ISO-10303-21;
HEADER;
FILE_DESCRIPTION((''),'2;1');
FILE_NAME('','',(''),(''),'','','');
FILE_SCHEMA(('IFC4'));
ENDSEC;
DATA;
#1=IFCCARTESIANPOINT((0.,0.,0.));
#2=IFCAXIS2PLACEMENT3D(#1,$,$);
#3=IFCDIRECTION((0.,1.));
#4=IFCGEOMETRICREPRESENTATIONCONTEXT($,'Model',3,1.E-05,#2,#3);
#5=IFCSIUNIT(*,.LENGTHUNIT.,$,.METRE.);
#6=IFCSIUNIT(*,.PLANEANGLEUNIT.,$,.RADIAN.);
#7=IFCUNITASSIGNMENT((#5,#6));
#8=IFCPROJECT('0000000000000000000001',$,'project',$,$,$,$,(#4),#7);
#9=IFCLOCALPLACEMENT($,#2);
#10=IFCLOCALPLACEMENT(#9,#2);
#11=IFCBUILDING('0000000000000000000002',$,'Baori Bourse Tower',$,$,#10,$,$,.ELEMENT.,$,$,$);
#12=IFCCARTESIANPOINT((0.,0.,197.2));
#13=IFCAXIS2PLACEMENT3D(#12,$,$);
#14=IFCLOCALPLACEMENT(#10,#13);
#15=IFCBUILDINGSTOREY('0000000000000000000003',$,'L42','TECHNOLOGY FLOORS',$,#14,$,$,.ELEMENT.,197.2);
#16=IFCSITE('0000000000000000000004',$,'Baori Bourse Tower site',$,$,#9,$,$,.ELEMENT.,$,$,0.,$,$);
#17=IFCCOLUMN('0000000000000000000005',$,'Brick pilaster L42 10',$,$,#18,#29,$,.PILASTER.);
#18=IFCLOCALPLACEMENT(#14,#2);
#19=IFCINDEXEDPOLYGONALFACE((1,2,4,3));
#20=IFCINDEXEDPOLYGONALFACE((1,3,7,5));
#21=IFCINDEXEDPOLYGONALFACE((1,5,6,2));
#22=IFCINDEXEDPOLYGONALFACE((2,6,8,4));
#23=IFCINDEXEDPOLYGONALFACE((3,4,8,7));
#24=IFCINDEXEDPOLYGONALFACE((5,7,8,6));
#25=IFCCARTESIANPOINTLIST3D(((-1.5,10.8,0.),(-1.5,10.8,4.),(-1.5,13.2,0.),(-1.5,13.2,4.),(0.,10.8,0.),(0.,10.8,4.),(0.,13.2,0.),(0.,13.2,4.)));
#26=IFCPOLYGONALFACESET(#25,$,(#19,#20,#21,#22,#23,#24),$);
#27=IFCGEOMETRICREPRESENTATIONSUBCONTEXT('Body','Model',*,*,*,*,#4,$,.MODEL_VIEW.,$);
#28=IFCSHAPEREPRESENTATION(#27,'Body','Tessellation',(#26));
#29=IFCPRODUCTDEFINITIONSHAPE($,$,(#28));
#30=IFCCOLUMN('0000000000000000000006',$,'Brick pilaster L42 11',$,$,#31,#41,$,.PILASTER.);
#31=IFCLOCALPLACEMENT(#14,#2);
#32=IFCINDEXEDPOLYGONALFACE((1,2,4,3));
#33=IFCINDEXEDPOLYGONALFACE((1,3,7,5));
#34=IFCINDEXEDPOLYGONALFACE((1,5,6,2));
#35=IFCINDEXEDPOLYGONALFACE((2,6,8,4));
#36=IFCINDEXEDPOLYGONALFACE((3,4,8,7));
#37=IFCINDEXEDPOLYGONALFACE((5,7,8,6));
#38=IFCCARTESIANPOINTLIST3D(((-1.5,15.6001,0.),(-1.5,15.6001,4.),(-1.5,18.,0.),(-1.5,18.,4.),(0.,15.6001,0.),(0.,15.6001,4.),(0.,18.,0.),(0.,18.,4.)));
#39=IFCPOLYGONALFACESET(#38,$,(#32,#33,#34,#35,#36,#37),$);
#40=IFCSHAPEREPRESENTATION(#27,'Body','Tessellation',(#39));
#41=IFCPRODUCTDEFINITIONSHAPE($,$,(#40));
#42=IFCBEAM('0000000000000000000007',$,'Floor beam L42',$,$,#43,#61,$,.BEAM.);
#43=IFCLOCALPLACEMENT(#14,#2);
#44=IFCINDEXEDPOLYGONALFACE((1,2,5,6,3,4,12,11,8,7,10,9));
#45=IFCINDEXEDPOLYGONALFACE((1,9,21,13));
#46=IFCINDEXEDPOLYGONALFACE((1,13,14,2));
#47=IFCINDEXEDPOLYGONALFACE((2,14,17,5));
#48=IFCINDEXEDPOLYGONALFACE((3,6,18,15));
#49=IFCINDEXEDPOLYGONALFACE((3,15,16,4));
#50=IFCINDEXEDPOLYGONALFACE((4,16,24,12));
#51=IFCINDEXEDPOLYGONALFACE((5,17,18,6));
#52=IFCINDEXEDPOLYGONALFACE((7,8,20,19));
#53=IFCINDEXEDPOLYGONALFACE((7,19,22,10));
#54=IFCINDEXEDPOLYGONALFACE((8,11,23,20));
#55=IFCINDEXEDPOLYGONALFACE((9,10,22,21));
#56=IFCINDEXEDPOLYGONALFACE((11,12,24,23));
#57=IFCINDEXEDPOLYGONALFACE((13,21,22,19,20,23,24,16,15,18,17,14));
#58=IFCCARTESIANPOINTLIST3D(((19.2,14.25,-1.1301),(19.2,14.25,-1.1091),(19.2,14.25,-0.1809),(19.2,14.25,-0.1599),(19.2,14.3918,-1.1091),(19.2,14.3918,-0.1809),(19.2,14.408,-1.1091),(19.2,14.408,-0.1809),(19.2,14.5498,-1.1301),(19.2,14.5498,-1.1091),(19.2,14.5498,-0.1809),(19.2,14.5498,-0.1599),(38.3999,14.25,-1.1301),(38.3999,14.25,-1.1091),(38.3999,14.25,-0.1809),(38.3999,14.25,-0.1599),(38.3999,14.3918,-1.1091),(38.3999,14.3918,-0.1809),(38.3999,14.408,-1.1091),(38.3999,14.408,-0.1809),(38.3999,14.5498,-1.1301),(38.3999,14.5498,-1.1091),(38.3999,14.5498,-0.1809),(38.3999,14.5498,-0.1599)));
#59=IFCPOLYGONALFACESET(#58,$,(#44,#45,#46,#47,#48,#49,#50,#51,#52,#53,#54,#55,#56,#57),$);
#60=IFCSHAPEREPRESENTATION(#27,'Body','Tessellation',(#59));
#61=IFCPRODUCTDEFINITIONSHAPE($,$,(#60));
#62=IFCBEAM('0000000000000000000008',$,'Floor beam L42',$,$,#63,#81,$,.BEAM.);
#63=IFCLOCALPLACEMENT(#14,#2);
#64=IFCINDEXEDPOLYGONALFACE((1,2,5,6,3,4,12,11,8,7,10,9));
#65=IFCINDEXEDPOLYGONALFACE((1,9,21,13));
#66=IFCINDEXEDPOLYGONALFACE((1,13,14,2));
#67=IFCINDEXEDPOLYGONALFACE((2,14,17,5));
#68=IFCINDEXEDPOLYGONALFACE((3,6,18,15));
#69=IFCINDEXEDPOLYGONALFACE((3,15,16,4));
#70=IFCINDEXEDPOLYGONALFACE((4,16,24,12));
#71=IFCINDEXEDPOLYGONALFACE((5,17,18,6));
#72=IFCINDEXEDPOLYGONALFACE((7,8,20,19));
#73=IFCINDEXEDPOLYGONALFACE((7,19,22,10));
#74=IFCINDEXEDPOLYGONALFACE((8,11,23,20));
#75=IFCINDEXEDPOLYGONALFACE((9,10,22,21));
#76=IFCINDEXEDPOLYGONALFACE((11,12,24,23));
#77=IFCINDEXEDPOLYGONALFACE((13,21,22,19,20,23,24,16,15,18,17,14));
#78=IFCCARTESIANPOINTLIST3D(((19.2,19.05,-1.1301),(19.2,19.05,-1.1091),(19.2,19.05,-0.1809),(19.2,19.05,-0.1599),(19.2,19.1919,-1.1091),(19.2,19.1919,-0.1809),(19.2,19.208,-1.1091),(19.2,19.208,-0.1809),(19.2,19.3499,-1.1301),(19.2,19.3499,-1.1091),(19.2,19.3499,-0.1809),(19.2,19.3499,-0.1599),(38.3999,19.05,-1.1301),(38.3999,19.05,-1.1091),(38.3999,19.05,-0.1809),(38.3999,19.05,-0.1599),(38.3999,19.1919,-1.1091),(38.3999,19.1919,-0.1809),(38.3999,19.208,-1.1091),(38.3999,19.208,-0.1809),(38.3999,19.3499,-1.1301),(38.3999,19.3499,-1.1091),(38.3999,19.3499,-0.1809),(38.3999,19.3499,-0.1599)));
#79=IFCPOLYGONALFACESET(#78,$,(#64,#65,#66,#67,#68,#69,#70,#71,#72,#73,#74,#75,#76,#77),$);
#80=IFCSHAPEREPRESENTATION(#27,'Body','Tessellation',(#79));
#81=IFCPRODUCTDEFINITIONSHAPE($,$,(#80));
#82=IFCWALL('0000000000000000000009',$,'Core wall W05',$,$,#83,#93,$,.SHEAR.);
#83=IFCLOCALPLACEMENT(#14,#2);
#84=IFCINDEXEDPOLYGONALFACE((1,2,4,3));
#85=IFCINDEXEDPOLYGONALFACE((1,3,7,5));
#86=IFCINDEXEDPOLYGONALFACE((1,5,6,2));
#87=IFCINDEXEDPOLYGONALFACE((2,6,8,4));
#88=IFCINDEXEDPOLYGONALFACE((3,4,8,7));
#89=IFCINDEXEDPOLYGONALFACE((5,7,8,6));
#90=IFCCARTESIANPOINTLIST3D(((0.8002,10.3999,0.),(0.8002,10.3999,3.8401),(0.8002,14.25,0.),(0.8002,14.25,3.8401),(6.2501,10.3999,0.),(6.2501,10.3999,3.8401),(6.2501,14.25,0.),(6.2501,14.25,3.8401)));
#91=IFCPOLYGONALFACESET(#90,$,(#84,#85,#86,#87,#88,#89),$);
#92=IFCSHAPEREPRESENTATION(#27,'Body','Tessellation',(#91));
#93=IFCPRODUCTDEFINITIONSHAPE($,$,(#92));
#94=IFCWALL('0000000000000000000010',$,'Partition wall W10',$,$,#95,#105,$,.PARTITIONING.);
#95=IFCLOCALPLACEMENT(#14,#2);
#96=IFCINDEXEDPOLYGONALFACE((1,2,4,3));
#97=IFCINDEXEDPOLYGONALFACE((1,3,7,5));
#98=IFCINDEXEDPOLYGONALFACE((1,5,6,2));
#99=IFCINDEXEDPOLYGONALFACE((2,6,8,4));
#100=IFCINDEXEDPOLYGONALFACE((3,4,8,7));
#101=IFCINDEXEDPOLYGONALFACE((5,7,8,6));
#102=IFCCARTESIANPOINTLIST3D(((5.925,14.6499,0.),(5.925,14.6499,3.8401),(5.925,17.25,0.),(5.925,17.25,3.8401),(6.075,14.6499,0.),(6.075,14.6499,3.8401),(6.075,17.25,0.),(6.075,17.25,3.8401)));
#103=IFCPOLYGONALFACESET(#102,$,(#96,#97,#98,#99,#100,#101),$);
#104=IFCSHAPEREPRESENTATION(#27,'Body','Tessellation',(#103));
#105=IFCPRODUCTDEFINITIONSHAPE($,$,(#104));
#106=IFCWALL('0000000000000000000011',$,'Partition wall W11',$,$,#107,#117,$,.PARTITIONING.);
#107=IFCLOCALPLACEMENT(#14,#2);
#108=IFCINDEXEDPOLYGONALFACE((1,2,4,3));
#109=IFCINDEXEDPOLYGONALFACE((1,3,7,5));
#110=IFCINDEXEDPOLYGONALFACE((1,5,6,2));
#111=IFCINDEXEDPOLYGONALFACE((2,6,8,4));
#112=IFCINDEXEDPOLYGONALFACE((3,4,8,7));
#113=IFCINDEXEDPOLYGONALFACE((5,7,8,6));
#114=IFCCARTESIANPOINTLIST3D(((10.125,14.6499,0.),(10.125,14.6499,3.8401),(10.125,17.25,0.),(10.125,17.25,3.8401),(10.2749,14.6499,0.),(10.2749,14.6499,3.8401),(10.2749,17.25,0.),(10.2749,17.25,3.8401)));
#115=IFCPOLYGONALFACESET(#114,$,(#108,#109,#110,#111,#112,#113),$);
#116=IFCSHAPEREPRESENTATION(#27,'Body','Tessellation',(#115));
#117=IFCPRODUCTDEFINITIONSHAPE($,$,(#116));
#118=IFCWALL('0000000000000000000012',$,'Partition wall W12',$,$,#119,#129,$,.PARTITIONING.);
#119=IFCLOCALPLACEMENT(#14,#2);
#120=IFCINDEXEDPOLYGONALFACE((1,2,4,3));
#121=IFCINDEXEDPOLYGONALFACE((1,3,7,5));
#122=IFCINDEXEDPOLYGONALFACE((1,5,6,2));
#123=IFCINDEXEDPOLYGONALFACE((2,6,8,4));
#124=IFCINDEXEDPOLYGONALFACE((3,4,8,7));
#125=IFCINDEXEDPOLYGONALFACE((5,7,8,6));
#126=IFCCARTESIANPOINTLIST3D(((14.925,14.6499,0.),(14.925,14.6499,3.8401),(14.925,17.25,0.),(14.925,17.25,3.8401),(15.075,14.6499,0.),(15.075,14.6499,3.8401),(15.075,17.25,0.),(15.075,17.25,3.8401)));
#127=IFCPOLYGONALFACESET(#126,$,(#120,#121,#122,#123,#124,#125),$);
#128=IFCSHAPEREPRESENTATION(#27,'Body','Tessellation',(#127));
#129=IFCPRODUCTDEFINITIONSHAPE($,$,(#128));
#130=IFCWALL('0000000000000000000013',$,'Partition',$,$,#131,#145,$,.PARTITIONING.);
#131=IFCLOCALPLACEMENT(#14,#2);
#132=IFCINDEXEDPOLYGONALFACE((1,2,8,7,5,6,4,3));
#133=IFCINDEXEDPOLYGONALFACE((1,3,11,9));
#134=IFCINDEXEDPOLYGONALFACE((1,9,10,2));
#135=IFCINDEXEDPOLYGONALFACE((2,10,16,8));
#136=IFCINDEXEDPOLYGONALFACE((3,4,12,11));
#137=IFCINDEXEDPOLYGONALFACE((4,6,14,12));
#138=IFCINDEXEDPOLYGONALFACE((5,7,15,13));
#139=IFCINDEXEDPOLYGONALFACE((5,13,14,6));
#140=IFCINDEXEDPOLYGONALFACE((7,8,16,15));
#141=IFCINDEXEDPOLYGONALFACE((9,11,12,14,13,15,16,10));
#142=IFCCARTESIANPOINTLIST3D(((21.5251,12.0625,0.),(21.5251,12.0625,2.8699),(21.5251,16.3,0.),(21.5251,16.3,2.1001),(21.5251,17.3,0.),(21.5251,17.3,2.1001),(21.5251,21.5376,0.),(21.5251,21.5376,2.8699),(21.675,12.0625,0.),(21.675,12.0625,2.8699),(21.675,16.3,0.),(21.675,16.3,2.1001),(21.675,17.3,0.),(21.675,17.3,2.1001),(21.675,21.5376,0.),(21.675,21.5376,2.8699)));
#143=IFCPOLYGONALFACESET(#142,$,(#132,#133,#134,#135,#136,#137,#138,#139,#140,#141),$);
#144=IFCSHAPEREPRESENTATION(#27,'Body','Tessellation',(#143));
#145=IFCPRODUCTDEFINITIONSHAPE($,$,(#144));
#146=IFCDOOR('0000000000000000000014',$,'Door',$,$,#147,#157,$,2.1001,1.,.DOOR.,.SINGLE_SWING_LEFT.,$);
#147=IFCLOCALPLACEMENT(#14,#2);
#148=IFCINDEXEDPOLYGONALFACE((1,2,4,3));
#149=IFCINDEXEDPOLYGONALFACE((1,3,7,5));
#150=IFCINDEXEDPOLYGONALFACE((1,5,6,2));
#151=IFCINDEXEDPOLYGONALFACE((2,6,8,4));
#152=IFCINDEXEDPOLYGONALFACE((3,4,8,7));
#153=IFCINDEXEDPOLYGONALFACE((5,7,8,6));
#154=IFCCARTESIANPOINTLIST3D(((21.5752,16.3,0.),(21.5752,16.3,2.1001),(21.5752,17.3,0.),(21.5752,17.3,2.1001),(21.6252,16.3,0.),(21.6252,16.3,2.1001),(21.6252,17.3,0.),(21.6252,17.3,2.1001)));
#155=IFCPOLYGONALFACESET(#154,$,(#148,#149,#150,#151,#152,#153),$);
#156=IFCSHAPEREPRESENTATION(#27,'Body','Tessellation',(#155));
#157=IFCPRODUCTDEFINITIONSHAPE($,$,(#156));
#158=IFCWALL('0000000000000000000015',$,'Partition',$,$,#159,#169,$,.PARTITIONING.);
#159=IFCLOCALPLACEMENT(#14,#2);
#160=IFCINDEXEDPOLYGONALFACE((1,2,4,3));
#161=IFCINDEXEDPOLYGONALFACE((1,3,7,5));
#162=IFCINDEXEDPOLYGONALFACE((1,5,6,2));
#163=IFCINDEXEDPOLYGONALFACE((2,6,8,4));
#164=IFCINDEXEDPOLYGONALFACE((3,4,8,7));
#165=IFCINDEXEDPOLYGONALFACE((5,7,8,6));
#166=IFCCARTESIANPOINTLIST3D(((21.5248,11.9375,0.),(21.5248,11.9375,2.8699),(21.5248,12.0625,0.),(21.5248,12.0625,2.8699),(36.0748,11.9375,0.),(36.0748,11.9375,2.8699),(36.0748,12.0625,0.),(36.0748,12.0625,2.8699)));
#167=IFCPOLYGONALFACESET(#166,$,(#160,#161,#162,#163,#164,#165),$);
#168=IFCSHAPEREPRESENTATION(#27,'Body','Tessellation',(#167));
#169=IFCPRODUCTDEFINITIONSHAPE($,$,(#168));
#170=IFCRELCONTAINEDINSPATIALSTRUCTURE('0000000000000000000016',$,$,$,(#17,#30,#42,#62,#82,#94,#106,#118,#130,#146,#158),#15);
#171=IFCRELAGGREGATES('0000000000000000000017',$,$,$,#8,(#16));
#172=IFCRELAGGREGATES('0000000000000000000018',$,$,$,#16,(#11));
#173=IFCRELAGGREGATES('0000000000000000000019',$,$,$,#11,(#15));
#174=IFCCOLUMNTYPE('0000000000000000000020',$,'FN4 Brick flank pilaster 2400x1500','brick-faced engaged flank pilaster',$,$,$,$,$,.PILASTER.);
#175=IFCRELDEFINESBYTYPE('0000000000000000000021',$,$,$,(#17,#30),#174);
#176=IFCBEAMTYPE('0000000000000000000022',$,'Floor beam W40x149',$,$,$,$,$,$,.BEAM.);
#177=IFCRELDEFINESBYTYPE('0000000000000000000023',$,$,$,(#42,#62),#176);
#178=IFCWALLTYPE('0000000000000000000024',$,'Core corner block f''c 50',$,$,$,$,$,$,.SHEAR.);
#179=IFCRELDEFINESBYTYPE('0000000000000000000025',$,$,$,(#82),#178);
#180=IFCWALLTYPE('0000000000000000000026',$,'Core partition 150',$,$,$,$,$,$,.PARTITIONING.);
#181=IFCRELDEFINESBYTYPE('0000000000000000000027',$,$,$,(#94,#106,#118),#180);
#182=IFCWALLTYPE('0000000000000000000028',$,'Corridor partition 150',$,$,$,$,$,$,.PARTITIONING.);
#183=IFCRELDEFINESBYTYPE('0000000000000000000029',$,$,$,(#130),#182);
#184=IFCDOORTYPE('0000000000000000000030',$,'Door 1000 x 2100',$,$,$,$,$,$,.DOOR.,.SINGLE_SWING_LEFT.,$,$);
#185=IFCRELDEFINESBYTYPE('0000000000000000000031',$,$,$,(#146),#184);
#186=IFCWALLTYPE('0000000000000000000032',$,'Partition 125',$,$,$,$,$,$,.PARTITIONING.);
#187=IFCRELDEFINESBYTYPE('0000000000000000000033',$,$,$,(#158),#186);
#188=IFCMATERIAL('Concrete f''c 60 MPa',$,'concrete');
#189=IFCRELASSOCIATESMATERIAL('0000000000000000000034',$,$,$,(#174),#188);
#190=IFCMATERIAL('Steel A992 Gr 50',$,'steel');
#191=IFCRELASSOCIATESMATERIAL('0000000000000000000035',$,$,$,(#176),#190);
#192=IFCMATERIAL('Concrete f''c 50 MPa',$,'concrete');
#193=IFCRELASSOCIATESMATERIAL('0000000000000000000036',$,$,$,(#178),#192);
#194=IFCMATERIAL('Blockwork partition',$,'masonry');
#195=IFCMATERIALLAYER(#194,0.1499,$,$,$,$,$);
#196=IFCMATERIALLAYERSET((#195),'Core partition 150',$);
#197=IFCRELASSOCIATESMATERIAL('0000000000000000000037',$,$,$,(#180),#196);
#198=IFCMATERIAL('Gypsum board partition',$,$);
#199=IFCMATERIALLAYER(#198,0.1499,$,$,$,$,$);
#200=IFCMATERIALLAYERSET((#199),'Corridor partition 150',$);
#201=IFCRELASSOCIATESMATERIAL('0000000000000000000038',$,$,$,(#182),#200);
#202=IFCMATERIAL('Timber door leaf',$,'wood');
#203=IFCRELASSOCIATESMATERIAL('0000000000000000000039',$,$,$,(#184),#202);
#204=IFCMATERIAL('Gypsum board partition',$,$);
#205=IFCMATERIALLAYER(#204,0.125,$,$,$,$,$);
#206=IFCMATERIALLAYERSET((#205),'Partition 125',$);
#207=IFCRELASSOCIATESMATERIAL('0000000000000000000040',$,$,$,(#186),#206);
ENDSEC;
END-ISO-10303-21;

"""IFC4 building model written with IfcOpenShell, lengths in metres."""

from ifc_helpers import new_model, si_unit, direction, frame, frame_2d, origin, origin_2d, place, context, subcontext, project, spatial, rectangle, i_section, extrude, material, layer, layer_set, material_profile, profile_set, type_object, element, fill, save


model = new_model("IFC4")

# Units and contexts
model_context = context("Model", 3, precision=1e-05, world=origin(), true_north=direction((0.0, 1.0)))
body_context = subcontext(model_context, "Body", "Model", "MODEL_VIEW")
ifc_project = project(units=[si_unit("LENGTHUNIT", "METRE"), si_unit("PLANEANGLEUNIT", "RADIAN")], contexts=[model_context])

# Site, building, storey
site_placement = place(None, origin())
site = spatial("IfcSite", under=ifc_project, at=site_placement, Name="Baori Bourse Tower site", CompositionType="ELEMENT", RefElevation=0.0)
building_placement = place(site_placement, origin())
building = spatial("IfcBuilding", under=site, at=building_placement, Name="Baori Bourse Tower", CompositionType="ELEMENT")
storey_placement = place(building_placement, frame((0.0, 0.0, 197.2)))
storey = spatial("IfcBuildingStorey", under=building, at=storey_placement, Name="L42", Description="TECHNOLOGY FLOORS", CompositionType="ELEMENT", Elevation=197.2)

# Columns
ifc_material_1 = material(Name="Concrete f'c 60 MPa", Category="concrete")
ifc_material_profile_1 = material_profile(ifc_material_1, rectangle(XDim=2.3999, YDim=1.5, at=origin_2d()), Name="RC 2400x1500")
ifc_profile_set_1 = profile_set([ifc_material_profile_1], Name="Concrete f'c 60 MPa")
column_type = type_object("IfcColumnType", Name="FN4 Brick flank pilaster 2400x1500", Description="brick-faced engaged flank pilaster", PredefinedType="PILASTER", material=ifc_profile_set_1)
for number, where, z_axis, x_axis, name in (
    (1, (-0.75, 12.0, 0.0), (0.0, 0.0, 1.0), (0.0, 1.0, 0.0), "Brick pilaster L42 10"),
    (2, (-0.75, 16.8, 0.0), (0.0, 0.0, 1.0), (0.0, 1.0, 0.0), "Brick pilaster L42 11"),
):
    element("IfcColumn", number, at=place(storey_placement, frame(where, z_axis=z_axis, x_axis=x_axis)), inside=storey, type_object=column_type, Name=name, PredefinedType="PILASTER", context=body_context, shape_type="SweptSolid", body=[
        extrude(rectangle(XDim=2.3999, YDim=1.5, at=origin_2d()), origin(), (0.0, 0.0, 1.0), 4.0),
    ])

# Beams
ifc_material_2 = material(Name="Steel A992 Gr 50", Category="steel")
ifc_material_profile_2 = material_profile(ifc_material_2, i_section(OverallWidth=0.2998, OverallDepth=0.9702, WebThickness=0.0161, FlangeThickness=0.021, at=origin_2d()), Name="W40x149")
ifc_profile_set_2 = profile_set([ifc_material_profile_2], Name="Steel A992 Gr 50")
beam_type = type_object("IfcBeamType", Name="Floor beam W40x149", PredefinedType="BEAM", material=ifc_profile_set_2)
for number, where, z_axis, x_axis, name in (
    (3, (19.2, 14.3999, -0.645), (1.0, 0.0, 0.0), (0.0, 1.0, 0.0), "Floor beam L42"),
    (4, (19.2, 19.2, -0.645), (1.0, 0.0, 0.0), (0.0, 1.0, 0.0), "Floor beam L42"),
):
    element("IfcBeam", number, at=place(storey_placement, frame(where, z_axis=z_axis, x_axis=x_axis)), inside=storey, type_object=beam_type, Name=name, PredefinedType="BEAM", context=body_context, shape_type="SweptSolid", body=[
        extrude(i_section(OverallWidth=0.2998, OverallDepth=0.9702, WebThickness=0.0161, FlangeThickness=0.021, at=origin_2d()), origin(), (0.0, 0.0, 1.0), 19.2),
    ])

# Walls
ifc_material_3 = material(Name="Concrete f'c 50 MPa", Category="concrete")
wall_type_1 = type_object("IfcWallType", Name="Core corner block f'c 50", PredefinedType="SHEAR", material=ifc_material_3)
wall_1_placement = place(storey_placement, frame((0.8, 12.325, 0.0), z_axis=(0.0, 0.0, 1.0), x_axis=(1.0, 0.0, 0.0)))
element("IfcWall", 5, at=wall_1_placement, inside=storey, type_object=wall_type_1, Name="Core wall W05", PredefinedType="SHEAR", context=body_context, shape_type="SweptSolid", body=[
    extrude(rectangle(XDim=5.45, YDim=3.8501, at=frame_2d((2.7251, 0.0))), origin(), (0.0, 0.0, 1.0), 3.8401),
])
ifc_material_4 = material(Name="Blockwork partition", Category="masonry")
ifc_layer_1 = layer(ifc_material_4, 0.1499)
ifc_layer_set_1 = layer_set([ifc_layer_1], Name="Core partition 150")
wall_type_2 = type_object("IfcWallType", Name="Core partition 150", PredefinedType="PARTITIONING", material=ifc_layer_set_1)
for number, where, z_axis, x_axis, name in (
    (6, (6.0, 14.6499, 0.0), (0.0, 0.0, 1.0), (0.0, 1.0, 0.0), "Partition wall W10"),
    (7, (10.2, 14.6499, 0.0), (0.0, 0.0, 1.0), (0.0, 1.0, 0.0), "Partition wall W11"),
    (8, (15.0, 14.6499, 0.0), (0.0, 0.0, 1.0), (0.0, 1.0, 0.0), "Partition wall W12"),
):
    element("IfcWall", number, at=place(storey_placement, frame(where, z_axis=z_axis, x_axis=x_axis)), inside=storey, type_object=wall_type_2, Name=name, PredefinedType="PARTITIONING", context=body_context, shape_type="SweptSolid", body=[
        extrude(rectangle(XDim=2.6001, YDim=0.1499, at=frame_2d((1.3, 0.0))), origin(), (0.0, 0.0, 1.0), 3.8401),
    ])

# Wall, opening, door
ifc_material_5 = material(Name="Gypsum board partition")
ifc_layer_2 = layer(ifc_material_5, 0.1499)
ifc_layer_set_2 = layer_set([ifc_layer_2], Name="Corridor partition 150")
wall_type_3 = type_object("IfcWallType", Name="Corridor partition 150", PredefinedType="PARTITIONING", material=ifc_layer_set_2)
wall_2_placement = place(storey_placement, frame((21.6001, 12.0625, 0.0), z_axis=(0.0, 0.0, 1.0), x_axis=(0.0, 1.0, 0.0)))
wall_2 = element("IfcWall", 9, at=wall_2_placement, inside=storey, type_object=wall_type_3, Name="Partition", PredefinedType="PARTITIONING", context=body_context, shape_type="SweptSolid", body=[
    extrude(rectangle(XDim=9.4751, YDim=0.1499, at=frame_2d((4.7375, 0.0))), origin(), (0.0, 0.0, 1.0), 2.8699),
])
opening_1_placement = place(wall_2_placement, frame((4.2375, 0.0, 0.0)))
opening_1 = element("IfcOpeningElement", 10, at=opening_1_placement, cuts=wall_2, PredefinedType="OPENING", context=body_context, shape_type="SweptSolid", body=[
    extrude(rectangle(XDim=1.0, YDim=2.1001, at=frame_2d((0.5, 1.05))), frame((0.0, 0.085, 0.0), z_axis=(0.0, -1.0, 0.0), x_axis=(1.0, 0.0, 0.0)), (0.0, 0.0, 1.0), 0.1699),
])
ifc_material_6 = material(Name="Timber door leaf", Category="wood")
door_type_1 = type_object("IfcDoorType", Name="Door 1000 x 2100", OperationType="SINGLE_SWING_LEFT", PredefinedType="DOOR", material=ifc_material_6)
door_1_placement = place(opening_1_placement, origin())
door_1 = element("IfcDoor", 11, at=door_1_placement, inside=storey, type_object=door_type_1, Name="Door", OperationType="SINGLE_SWING_LEFT", OverallHeight=2.1001, OverallWidth=1.0, PredefinedType="DOOR", context=body_context, shape_type="SweptSolid", body=[
    extrude(rectangle(XDim=1.0, YDim=2.1001, at=frame_2d((0.5, 1.05))), frame((0.0, 0.0249, 0.0), z_axis=(0.0, -1.0, 0.0), x_axis=(1.0, 0.0, 0.0)), (0.0, 0.0, 1.0), 0.05),
])
fill(opening_1, door_1)

# Wall
ifc_material_7 = material(Name="Gypsum board partition")
ifc_layer_3 = layer(ifc_material_7, 0.125)
ifc_layer_set_3 = layer_set([ifc_layer_3], Name="Partition 125")
wall_type_4 = type_object("IfcWallType", Name="Partition 125", PredefinedType="PARTITIONING", material=ifc_layer_set_3)
wall_3_placement = place(storey_placement, frame((21.5249, 12.0, 0.0), z_axis=(0.0, 0.0, 1.0), x_axis=(1.0, 0.0, 0.0)))
element("IfcWall", 12, at=wall_3_placement, inside=storey, type_object=wall_type_4, Name="Partition", PredefinedType="PARTITIONING", context=body_context, shape_type="SweptSolid", body=[
    extrude(rectangle(XDim=14.55, YDim=0.125, at=frame_2d((7.2749, 0.0))), origin(), (0.0, 0.0, 1.0), 2.8699),
])

save(model, "model.ifc")
